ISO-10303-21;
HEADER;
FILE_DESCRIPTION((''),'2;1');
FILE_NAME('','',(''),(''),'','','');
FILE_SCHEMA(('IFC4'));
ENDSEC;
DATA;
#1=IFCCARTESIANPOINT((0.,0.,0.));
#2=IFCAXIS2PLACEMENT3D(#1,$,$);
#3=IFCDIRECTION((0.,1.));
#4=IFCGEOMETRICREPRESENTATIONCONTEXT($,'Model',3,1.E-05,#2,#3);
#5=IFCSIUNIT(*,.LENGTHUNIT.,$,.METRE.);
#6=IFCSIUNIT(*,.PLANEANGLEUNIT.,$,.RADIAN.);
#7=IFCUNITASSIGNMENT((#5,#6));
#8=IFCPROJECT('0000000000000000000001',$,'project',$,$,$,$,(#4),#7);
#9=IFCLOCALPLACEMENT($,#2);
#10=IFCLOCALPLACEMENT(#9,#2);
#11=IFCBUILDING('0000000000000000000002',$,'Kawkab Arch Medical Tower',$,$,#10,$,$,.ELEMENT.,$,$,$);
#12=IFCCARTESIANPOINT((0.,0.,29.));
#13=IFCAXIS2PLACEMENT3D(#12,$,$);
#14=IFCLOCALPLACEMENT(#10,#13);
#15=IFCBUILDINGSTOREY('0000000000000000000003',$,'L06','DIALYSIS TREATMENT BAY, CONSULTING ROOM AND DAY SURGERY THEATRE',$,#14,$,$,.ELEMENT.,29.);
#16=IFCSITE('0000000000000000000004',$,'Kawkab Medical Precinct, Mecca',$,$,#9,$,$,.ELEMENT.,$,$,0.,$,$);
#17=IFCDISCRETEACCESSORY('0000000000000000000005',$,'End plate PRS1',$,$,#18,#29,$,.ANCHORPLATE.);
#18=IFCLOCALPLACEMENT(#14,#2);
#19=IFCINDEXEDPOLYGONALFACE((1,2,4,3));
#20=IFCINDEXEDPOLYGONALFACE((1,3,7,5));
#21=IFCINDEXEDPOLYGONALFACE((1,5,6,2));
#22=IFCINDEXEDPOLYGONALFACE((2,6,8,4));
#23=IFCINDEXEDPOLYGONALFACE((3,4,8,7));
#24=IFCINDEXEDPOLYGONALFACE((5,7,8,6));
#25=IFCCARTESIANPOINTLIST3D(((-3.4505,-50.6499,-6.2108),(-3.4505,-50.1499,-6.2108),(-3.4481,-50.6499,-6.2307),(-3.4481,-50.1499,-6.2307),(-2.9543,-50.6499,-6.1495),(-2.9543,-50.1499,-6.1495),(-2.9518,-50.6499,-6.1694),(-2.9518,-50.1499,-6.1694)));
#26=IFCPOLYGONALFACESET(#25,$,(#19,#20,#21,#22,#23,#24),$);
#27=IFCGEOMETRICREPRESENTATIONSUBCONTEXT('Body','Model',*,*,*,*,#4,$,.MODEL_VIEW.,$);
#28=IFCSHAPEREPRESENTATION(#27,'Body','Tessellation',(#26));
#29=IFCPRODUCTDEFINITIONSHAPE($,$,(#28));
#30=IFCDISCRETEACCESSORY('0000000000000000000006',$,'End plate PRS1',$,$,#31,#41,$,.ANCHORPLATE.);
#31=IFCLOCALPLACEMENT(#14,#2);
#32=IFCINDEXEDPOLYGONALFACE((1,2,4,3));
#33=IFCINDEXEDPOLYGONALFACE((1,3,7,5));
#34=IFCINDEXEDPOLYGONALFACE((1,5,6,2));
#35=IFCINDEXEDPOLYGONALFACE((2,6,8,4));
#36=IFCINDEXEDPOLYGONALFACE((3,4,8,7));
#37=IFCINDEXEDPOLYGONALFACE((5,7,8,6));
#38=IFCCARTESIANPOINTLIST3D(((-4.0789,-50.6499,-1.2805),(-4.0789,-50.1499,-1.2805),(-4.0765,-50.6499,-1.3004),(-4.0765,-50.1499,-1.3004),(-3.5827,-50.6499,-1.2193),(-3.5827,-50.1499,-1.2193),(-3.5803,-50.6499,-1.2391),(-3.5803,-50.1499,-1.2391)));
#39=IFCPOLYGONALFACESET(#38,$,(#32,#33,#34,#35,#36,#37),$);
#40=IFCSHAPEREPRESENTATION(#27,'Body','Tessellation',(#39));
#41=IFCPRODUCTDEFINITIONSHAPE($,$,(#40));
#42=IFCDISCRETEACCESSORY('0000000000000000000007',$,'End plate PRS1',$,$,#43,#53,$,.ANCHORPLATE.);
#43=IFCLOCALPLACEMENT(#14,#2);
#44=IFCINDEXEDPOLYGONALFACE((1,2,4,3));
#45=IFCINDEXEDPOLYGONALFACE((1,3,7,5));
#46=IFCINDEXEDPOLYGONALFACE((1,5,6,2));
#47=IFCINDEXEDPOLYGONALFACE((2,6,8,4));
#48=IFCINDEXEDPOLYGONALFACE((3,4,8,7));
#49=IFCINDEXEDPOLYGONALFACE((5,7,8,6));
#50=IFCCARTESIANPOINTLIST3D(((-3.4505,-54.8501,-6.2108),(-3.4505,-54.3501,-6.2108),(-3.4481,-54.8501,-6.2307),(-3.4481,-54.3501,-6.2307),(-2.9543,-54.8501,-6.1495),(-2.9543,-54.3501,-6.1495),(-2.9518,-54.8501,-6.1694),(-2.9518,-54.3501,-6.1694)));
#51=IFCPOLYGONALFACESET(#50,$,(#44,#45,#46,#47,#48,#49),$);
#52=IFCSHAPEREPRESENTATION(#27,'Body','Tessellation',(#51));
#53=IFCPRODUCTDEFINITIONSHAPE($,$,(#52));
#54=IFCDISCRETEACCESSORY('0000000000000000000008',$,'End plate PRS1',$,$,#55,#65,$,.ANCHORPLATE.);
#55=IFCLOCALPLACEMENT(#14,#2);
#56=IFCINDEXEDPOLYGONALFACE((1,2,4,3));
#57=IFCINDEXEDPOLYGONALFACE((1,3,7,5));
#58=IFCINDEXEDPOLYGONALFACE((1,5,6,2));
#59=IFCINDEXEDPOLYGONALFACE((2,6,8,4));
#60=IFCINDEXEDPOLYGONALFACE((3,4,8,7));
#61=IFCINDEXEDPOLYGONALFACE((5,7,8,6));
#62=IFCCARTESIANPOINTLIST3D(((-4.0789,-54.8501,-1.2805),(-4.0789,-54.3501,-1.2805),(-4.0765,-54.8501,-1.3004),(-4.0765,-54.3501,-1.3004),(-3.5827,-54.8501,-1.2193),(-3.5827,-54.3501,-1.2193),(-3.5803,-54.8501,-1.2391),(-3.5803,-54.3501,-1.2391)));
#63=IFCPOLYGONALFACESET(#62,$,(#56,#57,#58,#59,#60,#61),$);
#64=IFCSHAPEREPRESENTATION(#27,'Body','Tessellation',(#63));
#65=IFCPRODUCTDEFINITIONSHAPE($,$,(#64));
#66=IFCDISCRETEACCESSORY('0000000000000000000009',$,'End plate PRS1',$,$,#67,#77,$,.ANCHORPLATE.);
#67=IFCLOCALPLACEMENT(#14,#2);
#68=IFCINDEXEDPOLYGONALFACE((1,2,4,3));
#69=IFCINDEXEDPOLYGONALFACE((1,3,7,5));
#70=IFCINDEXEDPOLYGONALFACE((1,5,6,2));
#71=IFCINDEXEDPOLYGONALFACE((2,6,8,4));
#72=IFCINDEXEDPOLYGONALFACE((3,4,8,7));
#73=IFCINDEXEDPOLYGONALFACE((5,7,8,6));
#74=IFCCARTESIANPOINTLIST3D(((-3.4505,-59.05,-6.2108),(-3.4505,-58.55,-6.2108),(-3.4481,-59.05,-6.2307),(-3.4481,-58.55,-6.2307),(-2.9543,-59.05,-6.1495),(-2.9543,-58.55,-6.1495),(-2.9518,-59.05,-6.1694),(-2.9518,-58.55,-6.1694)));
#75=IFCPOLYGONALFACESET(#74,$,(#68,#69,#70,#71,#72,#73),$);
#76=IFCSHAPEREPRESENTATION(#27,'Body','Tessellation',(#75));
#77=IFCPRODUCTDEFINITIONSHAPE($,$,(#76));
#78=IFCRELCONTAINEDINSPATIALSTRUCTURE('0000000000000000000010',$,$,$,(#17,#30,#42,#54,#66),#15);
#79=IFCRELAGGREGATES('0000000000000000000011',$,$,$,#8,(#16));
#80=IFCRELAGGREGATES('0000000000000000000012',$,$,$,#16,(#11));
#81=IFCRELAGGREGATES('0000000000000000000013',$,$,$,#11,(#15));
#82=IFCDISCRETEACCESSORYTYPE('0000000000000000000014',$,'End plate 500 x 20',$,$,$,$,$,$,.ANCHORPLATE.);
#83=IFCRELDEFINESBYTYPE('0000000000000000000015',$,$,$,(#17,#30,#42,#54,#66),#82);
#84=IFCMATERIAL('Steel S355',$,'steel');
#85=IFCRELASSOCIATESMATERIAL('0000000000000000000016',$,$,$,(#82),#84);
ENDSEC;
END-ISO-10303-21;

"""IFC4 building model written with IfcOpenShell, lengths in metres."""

from ifc_helpers import new_model, si_unit, direction, frame, origin, origin_2d, place, context, subcontext, project, spatial, rectangle, extrude, material, material_profile, profile_set, type_object, element, save


model = new_model("IFC4")

# Units and contexts
model_context = context("Model", 3, precision=1e-05, world=origin(), true_north=direction((0.0, 1.0)))
body_context = subcontext(model_context, "Body", "Model", "MODEL_VIEW")
ifc_project = project(units=[si_unit("LENGTHUNIT", "METRE"), si_unit("PLANEANGLEUNIT", "RADIAN")], contexts=[model_context])

# Site, building, storey
site_placement = place(None, origin())
site = spatial("IfcSite", under=ifc_project, at=site_placement, Name="Kawkab Medical Precinct, Mecca", CompositionType="ELEMENT", RefElevation=0.0)
building_placement = place(site_placement, origin())
building = spatial("IfcBuilding", under=site, at=building_placement, Name="Kawkab Arch Medical Tower", CompositionType="ELEMENT")
storey_placement = place(building_placement, frame((0.0, 0.0, 29.0)))
storey = spatial("IfcBuildingStorey", under=building, at=storey_placement, Name="L06", Description="DIALYSIS TREATMENT BAY, CONSULTING ROOM AND DAY SURGERY THEATRE", CompositionType="ELEMENT", Elevation=29.0)

# Discrete accessories
ifc_material_1 = material(Name="Steel S355", Category="steel")
ifc_material_profile_1 = material_profile(ifc_material_1, rectangle(XDim=0.5, YDim=0.5, at=origin_2d()), Name="End plate 500 x 20")
ifc_profile_set_1 = profile_set([ifc_material_profile_1], Name="Steel S355")
discrete_accessory_type = type_object("IfcDiscreteAccessoryType", Name="End plate 500 x 20", PredefinedType="ANCHORPLATE", material=ifc_profile_set_1)
for number, where, z_axis, x_axis, name in (
    (1, (-3.2024, -50.3999, -6.1802), (0.122527, 0.0, -0.992465), (0.0, 1.0, 0.0), "End plate PRS1"),
    (2, (-3.8284, -50.3999, -1.2698), (-0.122527, 0.0, 0.992465), (0.0, -1.0, 0.0), "End plate PRS1"),
    (3, (-3.2024, -54.6001, -6.1802), (0.122527, 0.0, -0.992465), (0.0, 1.0, 0.0), "End plate PRS1"),
    (4, (-3.8284, -54.6001, -1.2698), (-0.122527, 0.0, 0.992465), (0.0, -1.0, 0.0), "End plate PRS1"),
    (5, (-3.2024, -58.8, -6.1802), (0.122527, 0.0, -0.992465), (0.0, 1.0, 0.0), "End plate PRS1"),
):
    element("IfcDiscreteAccessory", number, at=place(storey_placement, frame(where, z_axis=z_axis, x_axis=x_axis)), inside=storey, type_object=discrete_accessory_type, Name=name, PredefinedType="ANCHORPLATE", context=body_context, shape_type="SweptSolid", body=[
        extrude(rectangle(XDim=0.5, YDim=0.5, at=origin_2d()), origin(), (0.0, 0.0, 1.0), 0.02),
    ])

save(model, "model.ifc")
